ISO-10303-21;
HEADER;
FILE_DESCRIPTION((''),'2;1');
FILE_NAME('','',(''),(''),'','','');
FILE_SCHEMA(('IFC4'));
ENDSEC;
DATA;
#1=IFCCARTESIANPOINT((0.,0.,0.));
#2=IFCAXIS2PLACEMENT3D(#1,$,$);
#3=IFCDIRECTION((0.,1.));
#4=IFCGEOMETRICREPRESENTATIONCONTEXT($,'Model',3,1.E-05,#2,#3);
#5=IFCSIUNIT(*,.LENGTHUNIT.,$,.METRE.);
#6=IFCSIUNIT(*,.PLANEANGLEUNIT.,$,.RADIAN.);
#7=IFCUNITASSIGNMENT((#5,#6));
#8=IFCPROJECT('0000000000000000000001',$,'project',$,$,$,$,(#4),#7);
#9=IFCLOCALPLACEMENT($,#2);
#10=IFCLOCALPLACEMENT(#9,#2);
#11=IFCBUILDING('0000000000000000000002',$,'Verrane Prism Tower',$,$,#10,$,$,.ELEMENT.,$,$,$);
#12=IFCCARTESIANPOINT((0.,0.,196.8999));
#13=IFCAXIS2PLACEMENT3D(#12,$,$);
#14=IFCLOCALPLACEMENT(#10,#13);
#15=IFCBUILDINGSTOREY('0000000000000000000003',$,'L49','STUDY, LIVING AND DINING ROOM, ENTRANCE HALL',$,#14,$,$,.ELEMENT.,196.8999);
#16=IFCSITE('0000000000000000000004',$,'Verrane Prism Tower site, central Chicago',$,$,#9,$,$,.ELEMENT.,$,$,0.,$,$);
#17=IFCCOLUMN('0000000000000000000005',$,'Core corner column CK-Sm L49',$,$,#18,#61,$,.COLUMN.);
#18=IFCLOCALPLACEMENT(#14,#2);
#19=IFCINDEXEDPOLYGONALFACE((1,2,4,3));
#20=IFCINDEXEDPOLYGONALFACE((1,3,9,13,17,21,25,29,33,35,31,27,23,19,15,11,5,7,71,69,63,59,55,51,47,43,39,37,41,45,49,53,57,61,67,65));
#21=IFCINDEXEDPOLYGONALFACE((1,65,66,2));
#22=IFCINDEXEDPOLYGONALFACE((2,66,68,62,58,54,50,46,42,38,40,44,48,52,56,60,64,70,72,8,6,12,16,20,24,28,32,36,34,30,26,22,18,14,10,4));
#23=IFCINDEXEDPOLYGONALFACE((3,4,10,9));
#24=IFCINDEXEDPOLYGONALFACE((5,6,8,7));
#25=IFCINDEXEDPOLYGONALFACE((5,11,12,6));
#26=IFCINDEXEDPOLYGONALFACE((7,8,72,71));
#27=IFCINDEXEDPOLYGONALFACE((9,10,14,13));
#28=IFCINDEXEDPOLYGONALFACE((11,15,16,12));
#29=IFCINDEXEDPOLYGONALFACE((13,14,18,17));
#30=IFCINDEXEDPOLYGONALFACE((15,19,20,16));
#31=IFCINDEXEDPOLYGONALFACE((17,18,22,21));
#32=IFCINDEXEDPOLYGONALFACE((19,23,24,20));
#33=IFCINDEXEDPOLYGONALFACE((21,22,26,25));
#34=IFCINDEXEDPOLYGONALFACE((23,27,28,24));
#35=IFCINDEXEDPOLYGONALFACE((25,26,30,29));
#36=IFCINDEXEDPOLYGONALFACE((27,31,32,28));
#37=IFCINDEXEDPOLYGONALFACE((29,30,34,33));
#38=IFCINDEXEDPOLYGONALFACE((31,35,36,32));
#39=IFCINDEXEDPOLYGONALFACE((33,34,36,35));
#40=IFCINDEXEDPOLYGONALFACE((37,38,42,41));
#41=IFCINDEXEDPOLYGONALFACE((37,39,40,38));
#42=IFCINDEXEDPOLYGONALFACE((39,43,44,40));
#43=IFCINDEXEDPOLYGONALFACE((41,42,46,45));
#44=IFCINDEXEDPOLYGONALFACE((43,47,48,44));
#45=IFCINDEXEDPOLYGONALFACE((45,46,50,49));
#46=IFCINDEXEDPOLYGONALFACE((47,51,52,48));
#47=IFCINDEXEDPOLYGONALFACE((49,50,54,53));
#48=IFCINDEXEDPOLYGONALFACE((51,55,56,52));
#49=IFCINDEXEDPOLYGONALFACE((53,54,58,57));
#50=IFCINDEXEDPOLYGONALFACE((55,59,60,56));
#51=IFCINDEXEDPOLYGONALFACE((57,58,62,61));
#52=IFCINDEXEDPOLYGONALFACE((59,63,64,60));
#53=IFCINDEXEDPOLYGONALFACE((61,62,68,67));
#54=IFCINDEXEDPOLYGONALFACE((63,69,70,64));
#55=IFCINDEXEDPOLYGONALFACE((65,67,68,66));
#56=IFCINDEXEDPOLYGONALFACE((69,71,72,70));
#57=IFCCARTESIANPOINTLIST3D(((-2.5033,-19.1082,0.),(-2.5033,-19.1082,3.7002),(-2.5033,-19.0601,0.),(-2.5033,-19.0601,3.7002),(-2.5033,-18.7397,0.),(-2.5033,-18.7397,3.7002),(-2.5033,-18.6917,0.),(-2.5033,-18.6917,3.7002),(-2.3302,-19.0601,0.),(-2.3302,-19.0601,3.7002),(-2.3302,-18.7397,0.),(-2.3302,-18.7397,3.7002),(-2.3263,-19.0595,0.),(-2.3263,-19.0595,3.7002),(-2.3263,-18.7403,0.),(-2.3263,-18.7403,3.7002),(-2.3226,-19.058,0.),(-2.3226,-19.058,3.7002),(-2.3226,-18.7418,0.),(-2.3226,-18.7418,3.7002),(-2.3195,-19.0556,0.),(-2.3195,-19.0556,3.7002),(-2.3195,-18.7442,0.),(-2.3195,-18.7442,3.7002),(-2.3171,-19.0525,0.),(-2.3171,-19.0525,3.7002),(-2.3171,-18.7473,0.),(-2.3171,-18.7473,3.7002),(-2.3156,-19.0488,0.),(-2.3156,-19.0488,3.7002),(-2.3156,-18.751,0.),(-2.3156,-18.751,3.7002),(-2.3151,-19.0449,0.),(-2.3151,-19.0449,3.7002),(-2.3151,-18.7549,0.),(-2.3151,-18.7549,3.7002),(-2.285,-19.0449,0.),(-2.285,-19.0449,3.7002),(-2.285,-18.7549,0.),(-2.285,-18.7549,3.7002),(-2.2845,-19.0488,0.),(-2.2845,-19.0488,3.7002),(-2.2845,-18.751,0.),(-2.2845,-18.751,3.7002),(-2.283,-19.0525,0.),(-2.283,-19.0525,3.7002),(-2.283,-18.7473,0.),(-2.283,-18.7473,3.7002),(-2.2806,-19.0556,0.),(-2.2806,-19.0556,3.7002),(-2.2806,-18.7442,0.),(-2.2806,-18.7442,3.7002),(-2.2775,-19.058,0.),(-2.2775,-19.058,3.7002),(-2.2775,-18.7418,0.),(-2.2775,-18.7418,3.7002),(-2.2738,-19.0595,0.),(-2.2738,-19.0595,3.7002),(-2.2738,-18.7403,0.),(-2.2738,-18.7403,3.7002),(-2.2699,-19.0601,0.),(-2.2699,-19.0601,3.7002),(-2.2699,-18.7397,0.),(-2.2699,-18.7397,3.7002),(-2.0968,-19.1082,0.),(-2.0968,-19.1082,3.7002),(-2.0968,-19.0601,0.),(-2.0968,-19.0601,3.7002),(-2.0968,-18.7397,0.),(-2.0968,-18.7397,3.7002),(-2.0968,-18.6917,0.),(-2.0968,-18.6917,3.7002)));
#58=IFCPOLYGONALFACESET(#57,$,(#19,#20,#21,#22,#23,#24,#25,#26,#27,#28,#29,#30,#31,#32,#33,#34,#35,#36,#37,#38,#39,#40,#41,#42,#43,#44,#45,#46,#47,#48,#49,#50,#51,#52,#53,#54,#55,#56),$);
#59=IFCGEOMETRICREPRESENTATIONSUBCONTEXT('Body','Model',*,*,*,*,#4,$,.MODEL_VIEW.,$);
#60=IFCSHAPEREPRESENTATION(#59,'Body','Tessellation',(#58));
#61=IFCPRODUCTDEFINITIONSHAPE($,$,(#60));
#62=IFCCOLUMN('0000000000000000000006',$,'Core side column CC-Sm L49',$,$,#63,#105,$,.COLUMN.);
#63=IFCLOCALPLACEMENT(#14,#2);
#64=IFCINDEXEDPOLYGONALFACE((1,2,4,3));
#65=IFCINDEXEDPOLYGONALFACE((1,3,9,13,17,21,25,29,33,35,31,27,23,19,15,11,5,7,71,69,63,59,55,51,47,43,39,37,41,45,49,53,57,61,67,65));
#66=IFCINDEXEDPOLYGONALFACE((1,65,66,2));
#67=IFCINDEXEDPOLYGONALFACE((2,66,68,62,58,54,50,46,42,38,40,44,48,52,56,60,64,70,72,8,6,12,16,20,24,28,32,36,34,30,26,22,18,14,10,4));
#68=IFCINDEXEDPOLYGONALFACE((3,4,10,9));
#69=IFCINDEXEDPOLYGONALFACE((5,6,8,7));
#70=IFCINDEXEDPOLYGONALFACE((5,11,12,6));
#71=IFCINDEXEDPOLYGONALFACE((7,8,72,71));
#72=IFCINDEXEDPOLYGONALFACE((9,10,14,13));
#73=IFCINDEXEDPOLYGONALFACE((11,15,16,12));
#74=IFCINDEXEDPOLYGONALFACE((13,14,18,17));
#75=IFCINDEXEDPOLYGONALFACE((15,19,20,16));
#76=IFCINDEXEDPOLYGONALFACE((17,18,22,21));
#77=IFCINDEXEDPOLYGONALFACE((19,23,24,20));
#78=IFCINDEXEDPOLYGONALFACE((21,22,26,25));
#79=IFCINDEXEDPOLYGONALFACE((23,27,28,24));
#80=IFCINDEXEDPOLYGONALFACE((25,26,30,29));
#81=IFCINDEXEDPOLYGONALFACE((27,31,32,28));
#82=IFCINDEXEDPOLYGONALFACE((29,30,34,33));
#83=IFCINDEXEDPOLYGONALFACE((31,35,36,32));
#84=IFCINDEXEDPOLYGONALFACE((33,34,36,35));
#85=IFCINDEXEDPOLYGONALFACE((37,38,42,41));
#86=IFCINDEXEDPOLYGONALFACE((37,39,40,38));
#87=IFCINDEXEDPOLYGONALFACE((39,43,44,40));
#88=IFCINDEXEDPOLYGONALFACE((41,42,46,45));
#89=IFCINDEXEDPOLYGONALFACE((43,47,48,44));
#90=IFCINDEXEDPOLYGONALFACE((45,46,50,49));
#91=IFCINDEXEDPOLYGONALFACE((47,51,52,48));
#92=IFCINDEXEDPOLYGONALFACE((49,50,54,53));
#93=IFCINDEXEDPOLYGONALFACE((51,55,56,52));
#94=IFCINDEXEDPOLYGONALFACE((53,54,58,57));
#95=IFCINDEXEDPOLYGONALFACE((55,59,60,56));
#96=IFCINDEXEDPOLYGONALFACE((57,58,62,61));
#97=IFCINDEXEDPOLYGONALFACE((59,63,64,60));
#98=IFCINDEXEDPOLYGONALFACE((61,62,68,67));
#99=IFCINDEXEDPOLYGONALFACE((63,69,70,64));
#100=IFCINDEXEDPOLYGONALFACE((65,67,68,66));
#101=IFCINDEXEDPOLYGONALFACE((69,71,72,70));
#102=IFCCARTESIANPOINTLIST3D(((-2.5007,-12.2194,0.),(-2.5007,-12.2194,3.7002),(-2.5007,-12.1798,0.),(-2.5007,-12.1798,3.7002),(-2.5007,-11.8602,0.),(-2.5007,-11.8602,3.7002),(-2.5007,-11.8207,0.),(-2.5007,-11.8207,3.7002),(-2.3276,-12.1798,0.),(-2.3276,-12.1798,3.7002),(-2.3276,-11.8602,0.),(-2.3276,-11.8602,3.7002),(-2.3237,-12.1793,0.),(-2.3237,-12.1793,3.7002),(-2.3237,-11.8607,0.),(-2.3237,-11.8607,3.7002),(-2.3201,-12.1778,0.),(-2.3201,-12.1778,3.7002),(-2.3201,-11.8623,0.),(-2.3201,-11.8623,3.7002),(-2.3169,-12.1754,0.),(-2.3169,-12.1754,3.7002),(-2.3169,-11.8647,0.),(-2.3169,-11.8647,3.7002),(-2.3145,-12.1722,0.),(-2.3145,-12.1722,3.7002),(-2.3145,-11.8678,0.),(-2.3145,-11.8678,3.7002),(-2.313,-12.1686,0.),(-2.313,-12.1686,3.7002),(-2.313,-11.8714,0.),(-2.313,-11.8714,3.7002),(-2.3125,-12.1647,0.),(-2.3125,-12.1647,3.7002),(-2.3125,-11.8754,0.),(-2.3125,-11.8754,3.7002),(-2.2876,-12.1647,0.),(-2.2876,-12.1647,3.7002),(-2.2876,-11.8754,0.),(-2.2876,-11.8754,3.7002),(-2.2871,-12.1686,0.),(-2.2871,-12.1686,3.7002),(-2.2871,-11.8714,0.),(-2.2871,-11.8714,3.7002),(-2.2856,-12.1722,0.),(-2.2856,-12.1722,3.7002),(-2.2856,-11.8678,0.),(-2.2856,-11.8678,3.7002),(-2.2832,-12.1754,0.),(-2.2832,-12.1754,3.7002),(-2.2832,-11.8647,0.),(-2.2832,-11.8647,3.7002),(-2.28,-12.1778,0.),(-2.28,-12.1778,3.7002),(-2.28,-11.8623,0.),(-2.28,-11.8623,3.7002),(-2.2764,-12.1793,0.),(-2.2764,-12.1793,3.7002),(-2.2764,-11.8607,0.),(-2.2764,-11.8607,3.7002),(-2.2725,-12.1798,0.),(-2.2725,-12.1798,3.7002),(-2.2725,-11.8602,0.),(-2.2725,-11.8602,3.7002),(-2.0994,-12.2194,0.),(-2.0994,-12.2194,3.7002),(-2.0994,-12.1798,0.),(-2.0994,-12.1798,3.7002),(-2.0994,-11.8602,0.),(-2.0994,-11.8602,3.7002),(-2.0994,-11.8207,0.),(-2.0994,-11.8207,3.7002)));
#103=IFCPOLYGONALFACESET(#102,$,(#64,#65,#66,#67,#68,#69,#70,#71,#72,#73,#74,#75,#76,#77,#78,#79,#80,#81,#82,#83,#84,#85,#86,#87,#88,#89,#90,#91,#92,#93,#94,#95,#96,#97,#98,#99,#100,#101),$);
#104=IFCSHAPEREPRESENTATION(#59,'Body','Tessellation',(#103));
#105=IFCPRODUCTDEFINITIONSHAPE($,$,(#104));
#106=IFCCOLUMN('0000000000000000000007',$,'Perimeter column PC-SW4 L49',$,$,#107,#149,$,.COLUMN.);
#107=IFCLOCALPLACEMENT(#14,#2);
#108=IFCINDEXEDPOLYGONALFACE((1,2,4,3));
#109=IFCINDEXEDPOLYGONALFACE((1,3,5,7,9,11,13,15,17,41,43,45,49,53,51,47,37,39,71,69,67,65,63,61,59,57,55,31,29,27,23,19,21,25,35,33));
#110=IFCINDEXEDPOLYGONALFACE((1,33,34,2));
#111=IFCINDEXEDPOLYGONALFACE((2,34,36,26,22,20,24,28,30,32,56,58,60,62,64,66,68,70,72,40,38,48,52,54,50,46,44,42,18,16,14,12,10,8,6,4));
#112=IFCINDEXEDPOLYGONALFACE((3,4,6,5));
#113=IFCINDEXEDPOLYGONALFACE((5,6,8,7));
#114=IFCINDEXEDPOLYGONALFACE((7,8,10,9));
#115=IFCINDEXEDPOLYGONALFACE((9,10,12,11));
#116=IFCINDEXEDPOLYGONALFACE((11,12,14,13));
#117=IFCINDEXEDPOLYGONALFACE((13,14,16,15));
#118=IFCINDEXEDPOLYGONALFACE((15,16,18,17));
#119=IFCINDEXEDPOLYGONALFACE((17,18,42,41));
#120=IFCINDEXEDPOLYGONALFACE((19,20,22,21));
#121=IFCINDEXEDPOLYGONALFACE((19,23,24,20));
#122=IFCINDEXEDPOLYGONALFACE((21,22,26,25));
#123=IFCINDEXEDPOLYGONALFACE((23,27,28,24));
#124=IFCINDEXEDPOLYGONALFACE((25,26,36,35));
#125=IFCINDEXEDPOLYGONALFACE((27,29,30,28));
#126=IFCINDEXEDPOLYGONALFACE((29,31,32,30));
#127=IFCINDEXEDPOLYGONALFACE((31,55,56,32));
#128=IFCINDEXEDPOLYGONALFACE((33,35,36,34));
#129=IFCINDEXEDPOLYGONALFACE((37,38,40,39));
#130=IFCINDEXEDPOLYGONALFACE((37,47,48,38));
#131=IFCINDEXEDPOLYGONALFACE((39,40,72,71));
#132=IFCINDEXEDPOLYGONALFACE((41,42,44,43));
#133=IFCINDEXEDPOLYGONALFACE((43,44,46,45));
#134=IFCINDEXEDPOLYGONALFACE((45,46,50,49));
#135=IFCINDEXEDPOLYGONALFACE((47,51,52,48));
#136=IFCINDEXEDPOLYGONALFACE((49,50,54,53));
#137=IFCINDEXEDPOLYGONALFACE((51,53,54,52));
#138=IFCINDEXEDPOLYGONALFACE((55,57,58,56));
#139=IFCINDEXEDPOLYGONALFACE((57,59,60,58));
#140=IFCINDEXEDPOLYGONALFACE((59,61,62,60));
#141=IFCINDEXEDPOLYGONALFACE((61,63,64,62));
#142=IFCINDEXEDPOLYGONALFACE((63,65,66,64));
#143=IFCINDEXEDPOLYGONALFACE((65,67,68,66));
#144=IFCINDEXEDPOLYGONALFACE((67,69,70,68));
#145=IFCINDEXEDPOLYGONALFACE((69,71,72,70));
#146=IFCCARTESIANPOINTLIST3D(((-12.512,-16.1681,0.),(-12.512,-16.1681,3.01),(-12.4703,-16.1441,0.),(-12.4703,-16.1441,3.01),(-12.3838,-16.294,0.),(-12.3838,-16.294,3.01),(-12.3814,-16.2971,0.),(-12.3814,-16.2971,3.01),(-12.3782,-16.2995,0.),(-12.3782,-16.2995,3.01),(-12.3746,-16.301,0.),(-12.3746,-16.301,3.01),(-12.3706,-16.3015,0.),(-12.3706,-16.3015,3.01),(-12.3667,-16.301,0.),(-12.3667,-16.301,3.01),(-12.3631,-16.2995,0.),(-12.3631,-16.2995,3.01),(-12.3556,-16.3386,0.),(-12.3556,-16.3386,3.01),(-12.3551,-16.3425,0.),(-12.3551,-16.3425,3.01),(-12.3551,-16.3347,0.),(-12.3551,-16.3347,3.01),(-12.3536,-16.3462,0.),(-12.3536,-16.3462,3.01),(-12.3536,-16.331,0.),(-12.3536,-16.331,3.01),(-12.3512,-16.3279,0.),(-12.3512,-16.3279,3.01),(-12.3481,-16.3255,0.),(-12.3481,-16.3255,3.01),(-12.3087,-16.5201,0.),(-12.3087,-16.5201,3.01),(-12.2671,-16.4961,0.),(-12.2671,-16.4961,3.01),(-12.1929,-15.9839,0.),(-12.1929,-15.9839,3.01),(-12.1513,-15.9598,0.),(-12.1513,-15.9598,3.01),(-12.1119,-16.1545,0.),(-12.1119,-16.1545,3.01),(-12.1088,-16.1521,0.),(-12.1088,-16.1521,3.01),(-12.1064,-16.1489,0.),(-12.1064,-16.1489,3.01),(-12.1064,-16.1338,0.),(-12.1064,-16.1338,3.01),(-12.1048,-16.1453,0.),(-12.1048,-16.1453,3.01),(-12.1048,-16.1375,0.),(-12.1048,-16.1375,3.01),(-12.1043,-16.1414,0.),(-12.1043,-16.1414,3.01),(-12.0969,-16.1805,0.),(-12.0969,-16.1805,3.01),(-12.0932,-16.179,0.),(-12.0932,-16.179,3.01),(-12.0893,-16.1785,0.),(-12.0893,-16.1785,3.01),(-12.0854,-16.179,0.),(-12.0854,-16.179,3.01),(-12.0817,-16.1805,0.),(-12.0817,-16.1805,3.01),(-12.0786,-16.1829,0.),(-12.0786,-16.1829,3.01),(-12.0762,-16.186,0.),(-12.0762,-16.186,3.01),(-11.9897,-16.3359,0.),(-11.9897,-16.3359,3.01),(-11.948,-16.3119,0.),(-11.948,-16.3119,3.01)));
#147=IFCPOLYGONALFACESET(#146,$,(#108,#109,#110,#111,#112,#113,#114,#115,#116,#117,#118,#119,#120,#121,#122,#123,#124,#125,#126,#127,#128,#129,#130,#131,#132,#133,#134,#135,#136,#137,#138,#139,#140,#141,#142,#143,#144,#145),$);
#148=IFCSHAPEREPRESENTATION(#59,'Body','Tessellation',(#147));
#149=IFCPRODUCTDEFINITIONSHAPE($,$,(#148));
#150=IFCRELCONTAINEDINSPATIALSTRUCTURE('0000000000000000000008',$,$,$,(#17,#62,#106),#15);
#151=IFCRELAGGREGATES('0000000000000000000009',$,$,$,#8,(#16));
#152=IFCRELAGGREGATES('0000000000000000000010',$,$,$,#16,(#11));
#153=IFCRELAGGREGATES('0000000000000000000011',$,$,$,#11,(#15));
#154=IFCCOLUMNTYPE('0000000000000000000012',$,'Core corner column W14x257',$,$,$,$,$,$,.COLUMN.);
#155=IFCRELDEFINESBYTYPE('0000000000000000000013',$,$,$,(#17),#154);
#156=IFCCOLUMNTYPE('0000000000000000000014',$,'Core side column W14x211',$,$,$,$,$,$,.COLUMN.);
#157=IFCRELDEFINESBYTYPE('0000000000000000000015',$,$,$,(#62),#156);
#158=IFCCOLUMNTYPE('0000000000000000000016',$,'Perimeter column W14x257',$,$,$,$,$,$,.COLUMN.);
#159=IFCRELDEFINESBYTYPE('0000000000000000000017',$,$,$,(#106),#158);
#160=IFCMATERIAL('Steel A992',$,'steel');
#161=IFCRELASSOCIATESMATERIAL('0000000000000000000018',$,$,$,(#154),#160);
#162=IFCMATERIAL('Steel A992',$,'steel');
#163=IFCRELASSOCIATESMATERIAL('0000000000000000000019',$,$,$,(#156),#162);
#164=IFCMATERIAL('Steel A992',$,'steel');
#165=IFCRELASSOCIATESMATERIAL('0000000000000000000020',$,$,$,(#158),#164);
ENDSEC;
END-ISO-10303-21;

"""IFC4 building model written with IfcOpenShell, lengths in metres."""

from ifc_helpers import new_model, si_unit, direction, frame, origin, origin_2d, place, context, subcontext, project, spatial, i_section, extrude, material, material_profile, profile_set, type_object, element, save


model = new_model("IFC4")

# Units and contexts
model_context = context("Model", 3, precision=1e-05, world=origin(), true_north=direction((0.0, 1.0)))
body_context = subcontext(model_context, "Body", "Model", "MODEL_VIEW")
ifc_project = project(units=[si_unit("LENGTHUNIT", "METRE"), si_unit("PLANEANGLEUNIT", "RADIAN")], contexts=[model_context])

# Site, building, storey
site_placement = place(None, origin())
site = spatial("IfcSite", under=ifc_project, at=site_placement, Name="Verrane Prism Tower site, central Chicago", CompositionType="ELEMENT", RefElevation=0.0)
building_placement = place(site_placement, origin())
building = spatial("IfcBuilding", under=site, at=building_placement, Name="Verrane Prism Tower", CompositionType="ELEMENT")
storey_placement = place(building_placement, frame((0.0, 0.0, 196.8999)))
storey = spatial("IfcBuildingStorey", under=building, at=storey_placement, Name="L49", Description="STUDY, LIVING AND DINING ROOM, ENTRANCE HALL", CompositionType="ELEMENT", Elevation=196.8999)

# Columns
ifc_material_1 = material(Name="Steel A992", Category="steel")
ifc_material_profile_1 = material_profile(ifc_material_1, i_section(OverallWidth=0.4065, OverallDepth=0.4165, WebThickness=0.03, FlangeThickness=0.0481, FilletRadius=0.0151, at=origin_2d()), Name="W14x257")
ifc_profile_set_1 = profile_set([ifc_material_profile_1], Name="Steel A992")
column_type_1 = type_object("IfcColumnType", Name="Core corner column W14x257", PredefinedType="COLUMN", material=ifc_profile_set_1)
column_1_placement = place(storey_placement, frame((-2.3, -18.8999, 0.0), z_axis=(0.0, 0.0, 1.0), x_axis=(-1.0, 0.0, 0.0)))
element("IfcColumn", 1, at=column_1_placement, inside=storey, type_object=column_type_1, Name="Core corner column CK-Sm L49", PredefinedType="COLUMN", context=body_context, shape_type="SweptSolid", body=[
    extrude(i_section(OverallWidth=0.4065, OverallDepth=0.4165, WebThickness=0.03, FlangeThickness=0.0481, FilletRadius=0.0151, at=origin_2d()), origin(), (0.0, 0.0, 1.0), 3.7002),
])
ifc_material_2 = material(Name="Steel A992", Category="steel")
ifc_material_profile_2 = material_profile(ifc_material_2, i_section(OverallWidth=0.4014, OverallDepth=0.3987, WebThickness=0.0249, FlangeThickness=0.0396, FilletRadius=0.0151, at=origin_2d()), Name="W14x211")
ifc_profile_set_2 = profile_set([ifc_material_profile_2], Name="Steel A992")
column_type_2 = type_object("IfcColumnType", Name="Core side column W14x211", PredefinedType="COLUMN", material=ifc_profile_set_2)
column_2_placement = place(storey_placement, frame((-2.3, -12.02, 0.0), z_axis=(0.0, 0.0, 1.0), x_axis=(1.0, 0.0, 0.0)))
element("IfcColumn", 2, at=column_2_placement, inside=storey, type_object=column_type_2, Name="Core side column CC-Sm L49", PredefinedType="COLUMN", context=body_context, shape_type="SweptSolid", body=[
    extrude(i_section(OverallWidth=0.4014, OverallDepth=0.3987, WebThickness=0.0249, FlangeThickness=0.0396, FilletRadius=0.0151, at=origin_2d()), origin(), (0.0, 0.0, 1.0), 3.7002),
])
ifc_material_3 = material(Name="Steel A992", Category="steel")
ifc_material_profile_3 = material_profile(ifc_material_3, i_section(OverallWidth=0.4065, OverallDepth=0.4165, WebThickness=0.03, FlangeThickness=0.0481, FilletRadius=0.0151, at=origin_2d()), Name="W14x257")
ifc_profile_set_3 = profile_set([ifc_material_profile_3], Name="Steel A992")
column_type_3 = type_object("IfcColumnType", Name="Perimeter column W14x257", PredefinedType="COLUMN", material=ifc_profile_set_3)
column_3_placement = place(storey_placement, frame((-12.23, -16.24, 0.0), z_axis=(0.0, 0.0, 1.0), x_axis=(-0.5, 0.866025, 0.0)))
element("IfcColumn", 3, at=column_3_placement, inside=storey, type_object=column_type_3, Name="Perimeter column PC-SW4 L49", PredefinedType="COLUMN", context=body_context, shape_type="SweptSolid", body=[
    extrude(i_section(OverallWidth=0.4065, OverallDepth=0.4165, WebThickness=0.03, FlangeThickness=0.0481, FilletRadius=0.0151, at=origin_2d()), origin(), (0.0, 0.0, 1.0), 3.01),
])

save(model, "model.ifc")
